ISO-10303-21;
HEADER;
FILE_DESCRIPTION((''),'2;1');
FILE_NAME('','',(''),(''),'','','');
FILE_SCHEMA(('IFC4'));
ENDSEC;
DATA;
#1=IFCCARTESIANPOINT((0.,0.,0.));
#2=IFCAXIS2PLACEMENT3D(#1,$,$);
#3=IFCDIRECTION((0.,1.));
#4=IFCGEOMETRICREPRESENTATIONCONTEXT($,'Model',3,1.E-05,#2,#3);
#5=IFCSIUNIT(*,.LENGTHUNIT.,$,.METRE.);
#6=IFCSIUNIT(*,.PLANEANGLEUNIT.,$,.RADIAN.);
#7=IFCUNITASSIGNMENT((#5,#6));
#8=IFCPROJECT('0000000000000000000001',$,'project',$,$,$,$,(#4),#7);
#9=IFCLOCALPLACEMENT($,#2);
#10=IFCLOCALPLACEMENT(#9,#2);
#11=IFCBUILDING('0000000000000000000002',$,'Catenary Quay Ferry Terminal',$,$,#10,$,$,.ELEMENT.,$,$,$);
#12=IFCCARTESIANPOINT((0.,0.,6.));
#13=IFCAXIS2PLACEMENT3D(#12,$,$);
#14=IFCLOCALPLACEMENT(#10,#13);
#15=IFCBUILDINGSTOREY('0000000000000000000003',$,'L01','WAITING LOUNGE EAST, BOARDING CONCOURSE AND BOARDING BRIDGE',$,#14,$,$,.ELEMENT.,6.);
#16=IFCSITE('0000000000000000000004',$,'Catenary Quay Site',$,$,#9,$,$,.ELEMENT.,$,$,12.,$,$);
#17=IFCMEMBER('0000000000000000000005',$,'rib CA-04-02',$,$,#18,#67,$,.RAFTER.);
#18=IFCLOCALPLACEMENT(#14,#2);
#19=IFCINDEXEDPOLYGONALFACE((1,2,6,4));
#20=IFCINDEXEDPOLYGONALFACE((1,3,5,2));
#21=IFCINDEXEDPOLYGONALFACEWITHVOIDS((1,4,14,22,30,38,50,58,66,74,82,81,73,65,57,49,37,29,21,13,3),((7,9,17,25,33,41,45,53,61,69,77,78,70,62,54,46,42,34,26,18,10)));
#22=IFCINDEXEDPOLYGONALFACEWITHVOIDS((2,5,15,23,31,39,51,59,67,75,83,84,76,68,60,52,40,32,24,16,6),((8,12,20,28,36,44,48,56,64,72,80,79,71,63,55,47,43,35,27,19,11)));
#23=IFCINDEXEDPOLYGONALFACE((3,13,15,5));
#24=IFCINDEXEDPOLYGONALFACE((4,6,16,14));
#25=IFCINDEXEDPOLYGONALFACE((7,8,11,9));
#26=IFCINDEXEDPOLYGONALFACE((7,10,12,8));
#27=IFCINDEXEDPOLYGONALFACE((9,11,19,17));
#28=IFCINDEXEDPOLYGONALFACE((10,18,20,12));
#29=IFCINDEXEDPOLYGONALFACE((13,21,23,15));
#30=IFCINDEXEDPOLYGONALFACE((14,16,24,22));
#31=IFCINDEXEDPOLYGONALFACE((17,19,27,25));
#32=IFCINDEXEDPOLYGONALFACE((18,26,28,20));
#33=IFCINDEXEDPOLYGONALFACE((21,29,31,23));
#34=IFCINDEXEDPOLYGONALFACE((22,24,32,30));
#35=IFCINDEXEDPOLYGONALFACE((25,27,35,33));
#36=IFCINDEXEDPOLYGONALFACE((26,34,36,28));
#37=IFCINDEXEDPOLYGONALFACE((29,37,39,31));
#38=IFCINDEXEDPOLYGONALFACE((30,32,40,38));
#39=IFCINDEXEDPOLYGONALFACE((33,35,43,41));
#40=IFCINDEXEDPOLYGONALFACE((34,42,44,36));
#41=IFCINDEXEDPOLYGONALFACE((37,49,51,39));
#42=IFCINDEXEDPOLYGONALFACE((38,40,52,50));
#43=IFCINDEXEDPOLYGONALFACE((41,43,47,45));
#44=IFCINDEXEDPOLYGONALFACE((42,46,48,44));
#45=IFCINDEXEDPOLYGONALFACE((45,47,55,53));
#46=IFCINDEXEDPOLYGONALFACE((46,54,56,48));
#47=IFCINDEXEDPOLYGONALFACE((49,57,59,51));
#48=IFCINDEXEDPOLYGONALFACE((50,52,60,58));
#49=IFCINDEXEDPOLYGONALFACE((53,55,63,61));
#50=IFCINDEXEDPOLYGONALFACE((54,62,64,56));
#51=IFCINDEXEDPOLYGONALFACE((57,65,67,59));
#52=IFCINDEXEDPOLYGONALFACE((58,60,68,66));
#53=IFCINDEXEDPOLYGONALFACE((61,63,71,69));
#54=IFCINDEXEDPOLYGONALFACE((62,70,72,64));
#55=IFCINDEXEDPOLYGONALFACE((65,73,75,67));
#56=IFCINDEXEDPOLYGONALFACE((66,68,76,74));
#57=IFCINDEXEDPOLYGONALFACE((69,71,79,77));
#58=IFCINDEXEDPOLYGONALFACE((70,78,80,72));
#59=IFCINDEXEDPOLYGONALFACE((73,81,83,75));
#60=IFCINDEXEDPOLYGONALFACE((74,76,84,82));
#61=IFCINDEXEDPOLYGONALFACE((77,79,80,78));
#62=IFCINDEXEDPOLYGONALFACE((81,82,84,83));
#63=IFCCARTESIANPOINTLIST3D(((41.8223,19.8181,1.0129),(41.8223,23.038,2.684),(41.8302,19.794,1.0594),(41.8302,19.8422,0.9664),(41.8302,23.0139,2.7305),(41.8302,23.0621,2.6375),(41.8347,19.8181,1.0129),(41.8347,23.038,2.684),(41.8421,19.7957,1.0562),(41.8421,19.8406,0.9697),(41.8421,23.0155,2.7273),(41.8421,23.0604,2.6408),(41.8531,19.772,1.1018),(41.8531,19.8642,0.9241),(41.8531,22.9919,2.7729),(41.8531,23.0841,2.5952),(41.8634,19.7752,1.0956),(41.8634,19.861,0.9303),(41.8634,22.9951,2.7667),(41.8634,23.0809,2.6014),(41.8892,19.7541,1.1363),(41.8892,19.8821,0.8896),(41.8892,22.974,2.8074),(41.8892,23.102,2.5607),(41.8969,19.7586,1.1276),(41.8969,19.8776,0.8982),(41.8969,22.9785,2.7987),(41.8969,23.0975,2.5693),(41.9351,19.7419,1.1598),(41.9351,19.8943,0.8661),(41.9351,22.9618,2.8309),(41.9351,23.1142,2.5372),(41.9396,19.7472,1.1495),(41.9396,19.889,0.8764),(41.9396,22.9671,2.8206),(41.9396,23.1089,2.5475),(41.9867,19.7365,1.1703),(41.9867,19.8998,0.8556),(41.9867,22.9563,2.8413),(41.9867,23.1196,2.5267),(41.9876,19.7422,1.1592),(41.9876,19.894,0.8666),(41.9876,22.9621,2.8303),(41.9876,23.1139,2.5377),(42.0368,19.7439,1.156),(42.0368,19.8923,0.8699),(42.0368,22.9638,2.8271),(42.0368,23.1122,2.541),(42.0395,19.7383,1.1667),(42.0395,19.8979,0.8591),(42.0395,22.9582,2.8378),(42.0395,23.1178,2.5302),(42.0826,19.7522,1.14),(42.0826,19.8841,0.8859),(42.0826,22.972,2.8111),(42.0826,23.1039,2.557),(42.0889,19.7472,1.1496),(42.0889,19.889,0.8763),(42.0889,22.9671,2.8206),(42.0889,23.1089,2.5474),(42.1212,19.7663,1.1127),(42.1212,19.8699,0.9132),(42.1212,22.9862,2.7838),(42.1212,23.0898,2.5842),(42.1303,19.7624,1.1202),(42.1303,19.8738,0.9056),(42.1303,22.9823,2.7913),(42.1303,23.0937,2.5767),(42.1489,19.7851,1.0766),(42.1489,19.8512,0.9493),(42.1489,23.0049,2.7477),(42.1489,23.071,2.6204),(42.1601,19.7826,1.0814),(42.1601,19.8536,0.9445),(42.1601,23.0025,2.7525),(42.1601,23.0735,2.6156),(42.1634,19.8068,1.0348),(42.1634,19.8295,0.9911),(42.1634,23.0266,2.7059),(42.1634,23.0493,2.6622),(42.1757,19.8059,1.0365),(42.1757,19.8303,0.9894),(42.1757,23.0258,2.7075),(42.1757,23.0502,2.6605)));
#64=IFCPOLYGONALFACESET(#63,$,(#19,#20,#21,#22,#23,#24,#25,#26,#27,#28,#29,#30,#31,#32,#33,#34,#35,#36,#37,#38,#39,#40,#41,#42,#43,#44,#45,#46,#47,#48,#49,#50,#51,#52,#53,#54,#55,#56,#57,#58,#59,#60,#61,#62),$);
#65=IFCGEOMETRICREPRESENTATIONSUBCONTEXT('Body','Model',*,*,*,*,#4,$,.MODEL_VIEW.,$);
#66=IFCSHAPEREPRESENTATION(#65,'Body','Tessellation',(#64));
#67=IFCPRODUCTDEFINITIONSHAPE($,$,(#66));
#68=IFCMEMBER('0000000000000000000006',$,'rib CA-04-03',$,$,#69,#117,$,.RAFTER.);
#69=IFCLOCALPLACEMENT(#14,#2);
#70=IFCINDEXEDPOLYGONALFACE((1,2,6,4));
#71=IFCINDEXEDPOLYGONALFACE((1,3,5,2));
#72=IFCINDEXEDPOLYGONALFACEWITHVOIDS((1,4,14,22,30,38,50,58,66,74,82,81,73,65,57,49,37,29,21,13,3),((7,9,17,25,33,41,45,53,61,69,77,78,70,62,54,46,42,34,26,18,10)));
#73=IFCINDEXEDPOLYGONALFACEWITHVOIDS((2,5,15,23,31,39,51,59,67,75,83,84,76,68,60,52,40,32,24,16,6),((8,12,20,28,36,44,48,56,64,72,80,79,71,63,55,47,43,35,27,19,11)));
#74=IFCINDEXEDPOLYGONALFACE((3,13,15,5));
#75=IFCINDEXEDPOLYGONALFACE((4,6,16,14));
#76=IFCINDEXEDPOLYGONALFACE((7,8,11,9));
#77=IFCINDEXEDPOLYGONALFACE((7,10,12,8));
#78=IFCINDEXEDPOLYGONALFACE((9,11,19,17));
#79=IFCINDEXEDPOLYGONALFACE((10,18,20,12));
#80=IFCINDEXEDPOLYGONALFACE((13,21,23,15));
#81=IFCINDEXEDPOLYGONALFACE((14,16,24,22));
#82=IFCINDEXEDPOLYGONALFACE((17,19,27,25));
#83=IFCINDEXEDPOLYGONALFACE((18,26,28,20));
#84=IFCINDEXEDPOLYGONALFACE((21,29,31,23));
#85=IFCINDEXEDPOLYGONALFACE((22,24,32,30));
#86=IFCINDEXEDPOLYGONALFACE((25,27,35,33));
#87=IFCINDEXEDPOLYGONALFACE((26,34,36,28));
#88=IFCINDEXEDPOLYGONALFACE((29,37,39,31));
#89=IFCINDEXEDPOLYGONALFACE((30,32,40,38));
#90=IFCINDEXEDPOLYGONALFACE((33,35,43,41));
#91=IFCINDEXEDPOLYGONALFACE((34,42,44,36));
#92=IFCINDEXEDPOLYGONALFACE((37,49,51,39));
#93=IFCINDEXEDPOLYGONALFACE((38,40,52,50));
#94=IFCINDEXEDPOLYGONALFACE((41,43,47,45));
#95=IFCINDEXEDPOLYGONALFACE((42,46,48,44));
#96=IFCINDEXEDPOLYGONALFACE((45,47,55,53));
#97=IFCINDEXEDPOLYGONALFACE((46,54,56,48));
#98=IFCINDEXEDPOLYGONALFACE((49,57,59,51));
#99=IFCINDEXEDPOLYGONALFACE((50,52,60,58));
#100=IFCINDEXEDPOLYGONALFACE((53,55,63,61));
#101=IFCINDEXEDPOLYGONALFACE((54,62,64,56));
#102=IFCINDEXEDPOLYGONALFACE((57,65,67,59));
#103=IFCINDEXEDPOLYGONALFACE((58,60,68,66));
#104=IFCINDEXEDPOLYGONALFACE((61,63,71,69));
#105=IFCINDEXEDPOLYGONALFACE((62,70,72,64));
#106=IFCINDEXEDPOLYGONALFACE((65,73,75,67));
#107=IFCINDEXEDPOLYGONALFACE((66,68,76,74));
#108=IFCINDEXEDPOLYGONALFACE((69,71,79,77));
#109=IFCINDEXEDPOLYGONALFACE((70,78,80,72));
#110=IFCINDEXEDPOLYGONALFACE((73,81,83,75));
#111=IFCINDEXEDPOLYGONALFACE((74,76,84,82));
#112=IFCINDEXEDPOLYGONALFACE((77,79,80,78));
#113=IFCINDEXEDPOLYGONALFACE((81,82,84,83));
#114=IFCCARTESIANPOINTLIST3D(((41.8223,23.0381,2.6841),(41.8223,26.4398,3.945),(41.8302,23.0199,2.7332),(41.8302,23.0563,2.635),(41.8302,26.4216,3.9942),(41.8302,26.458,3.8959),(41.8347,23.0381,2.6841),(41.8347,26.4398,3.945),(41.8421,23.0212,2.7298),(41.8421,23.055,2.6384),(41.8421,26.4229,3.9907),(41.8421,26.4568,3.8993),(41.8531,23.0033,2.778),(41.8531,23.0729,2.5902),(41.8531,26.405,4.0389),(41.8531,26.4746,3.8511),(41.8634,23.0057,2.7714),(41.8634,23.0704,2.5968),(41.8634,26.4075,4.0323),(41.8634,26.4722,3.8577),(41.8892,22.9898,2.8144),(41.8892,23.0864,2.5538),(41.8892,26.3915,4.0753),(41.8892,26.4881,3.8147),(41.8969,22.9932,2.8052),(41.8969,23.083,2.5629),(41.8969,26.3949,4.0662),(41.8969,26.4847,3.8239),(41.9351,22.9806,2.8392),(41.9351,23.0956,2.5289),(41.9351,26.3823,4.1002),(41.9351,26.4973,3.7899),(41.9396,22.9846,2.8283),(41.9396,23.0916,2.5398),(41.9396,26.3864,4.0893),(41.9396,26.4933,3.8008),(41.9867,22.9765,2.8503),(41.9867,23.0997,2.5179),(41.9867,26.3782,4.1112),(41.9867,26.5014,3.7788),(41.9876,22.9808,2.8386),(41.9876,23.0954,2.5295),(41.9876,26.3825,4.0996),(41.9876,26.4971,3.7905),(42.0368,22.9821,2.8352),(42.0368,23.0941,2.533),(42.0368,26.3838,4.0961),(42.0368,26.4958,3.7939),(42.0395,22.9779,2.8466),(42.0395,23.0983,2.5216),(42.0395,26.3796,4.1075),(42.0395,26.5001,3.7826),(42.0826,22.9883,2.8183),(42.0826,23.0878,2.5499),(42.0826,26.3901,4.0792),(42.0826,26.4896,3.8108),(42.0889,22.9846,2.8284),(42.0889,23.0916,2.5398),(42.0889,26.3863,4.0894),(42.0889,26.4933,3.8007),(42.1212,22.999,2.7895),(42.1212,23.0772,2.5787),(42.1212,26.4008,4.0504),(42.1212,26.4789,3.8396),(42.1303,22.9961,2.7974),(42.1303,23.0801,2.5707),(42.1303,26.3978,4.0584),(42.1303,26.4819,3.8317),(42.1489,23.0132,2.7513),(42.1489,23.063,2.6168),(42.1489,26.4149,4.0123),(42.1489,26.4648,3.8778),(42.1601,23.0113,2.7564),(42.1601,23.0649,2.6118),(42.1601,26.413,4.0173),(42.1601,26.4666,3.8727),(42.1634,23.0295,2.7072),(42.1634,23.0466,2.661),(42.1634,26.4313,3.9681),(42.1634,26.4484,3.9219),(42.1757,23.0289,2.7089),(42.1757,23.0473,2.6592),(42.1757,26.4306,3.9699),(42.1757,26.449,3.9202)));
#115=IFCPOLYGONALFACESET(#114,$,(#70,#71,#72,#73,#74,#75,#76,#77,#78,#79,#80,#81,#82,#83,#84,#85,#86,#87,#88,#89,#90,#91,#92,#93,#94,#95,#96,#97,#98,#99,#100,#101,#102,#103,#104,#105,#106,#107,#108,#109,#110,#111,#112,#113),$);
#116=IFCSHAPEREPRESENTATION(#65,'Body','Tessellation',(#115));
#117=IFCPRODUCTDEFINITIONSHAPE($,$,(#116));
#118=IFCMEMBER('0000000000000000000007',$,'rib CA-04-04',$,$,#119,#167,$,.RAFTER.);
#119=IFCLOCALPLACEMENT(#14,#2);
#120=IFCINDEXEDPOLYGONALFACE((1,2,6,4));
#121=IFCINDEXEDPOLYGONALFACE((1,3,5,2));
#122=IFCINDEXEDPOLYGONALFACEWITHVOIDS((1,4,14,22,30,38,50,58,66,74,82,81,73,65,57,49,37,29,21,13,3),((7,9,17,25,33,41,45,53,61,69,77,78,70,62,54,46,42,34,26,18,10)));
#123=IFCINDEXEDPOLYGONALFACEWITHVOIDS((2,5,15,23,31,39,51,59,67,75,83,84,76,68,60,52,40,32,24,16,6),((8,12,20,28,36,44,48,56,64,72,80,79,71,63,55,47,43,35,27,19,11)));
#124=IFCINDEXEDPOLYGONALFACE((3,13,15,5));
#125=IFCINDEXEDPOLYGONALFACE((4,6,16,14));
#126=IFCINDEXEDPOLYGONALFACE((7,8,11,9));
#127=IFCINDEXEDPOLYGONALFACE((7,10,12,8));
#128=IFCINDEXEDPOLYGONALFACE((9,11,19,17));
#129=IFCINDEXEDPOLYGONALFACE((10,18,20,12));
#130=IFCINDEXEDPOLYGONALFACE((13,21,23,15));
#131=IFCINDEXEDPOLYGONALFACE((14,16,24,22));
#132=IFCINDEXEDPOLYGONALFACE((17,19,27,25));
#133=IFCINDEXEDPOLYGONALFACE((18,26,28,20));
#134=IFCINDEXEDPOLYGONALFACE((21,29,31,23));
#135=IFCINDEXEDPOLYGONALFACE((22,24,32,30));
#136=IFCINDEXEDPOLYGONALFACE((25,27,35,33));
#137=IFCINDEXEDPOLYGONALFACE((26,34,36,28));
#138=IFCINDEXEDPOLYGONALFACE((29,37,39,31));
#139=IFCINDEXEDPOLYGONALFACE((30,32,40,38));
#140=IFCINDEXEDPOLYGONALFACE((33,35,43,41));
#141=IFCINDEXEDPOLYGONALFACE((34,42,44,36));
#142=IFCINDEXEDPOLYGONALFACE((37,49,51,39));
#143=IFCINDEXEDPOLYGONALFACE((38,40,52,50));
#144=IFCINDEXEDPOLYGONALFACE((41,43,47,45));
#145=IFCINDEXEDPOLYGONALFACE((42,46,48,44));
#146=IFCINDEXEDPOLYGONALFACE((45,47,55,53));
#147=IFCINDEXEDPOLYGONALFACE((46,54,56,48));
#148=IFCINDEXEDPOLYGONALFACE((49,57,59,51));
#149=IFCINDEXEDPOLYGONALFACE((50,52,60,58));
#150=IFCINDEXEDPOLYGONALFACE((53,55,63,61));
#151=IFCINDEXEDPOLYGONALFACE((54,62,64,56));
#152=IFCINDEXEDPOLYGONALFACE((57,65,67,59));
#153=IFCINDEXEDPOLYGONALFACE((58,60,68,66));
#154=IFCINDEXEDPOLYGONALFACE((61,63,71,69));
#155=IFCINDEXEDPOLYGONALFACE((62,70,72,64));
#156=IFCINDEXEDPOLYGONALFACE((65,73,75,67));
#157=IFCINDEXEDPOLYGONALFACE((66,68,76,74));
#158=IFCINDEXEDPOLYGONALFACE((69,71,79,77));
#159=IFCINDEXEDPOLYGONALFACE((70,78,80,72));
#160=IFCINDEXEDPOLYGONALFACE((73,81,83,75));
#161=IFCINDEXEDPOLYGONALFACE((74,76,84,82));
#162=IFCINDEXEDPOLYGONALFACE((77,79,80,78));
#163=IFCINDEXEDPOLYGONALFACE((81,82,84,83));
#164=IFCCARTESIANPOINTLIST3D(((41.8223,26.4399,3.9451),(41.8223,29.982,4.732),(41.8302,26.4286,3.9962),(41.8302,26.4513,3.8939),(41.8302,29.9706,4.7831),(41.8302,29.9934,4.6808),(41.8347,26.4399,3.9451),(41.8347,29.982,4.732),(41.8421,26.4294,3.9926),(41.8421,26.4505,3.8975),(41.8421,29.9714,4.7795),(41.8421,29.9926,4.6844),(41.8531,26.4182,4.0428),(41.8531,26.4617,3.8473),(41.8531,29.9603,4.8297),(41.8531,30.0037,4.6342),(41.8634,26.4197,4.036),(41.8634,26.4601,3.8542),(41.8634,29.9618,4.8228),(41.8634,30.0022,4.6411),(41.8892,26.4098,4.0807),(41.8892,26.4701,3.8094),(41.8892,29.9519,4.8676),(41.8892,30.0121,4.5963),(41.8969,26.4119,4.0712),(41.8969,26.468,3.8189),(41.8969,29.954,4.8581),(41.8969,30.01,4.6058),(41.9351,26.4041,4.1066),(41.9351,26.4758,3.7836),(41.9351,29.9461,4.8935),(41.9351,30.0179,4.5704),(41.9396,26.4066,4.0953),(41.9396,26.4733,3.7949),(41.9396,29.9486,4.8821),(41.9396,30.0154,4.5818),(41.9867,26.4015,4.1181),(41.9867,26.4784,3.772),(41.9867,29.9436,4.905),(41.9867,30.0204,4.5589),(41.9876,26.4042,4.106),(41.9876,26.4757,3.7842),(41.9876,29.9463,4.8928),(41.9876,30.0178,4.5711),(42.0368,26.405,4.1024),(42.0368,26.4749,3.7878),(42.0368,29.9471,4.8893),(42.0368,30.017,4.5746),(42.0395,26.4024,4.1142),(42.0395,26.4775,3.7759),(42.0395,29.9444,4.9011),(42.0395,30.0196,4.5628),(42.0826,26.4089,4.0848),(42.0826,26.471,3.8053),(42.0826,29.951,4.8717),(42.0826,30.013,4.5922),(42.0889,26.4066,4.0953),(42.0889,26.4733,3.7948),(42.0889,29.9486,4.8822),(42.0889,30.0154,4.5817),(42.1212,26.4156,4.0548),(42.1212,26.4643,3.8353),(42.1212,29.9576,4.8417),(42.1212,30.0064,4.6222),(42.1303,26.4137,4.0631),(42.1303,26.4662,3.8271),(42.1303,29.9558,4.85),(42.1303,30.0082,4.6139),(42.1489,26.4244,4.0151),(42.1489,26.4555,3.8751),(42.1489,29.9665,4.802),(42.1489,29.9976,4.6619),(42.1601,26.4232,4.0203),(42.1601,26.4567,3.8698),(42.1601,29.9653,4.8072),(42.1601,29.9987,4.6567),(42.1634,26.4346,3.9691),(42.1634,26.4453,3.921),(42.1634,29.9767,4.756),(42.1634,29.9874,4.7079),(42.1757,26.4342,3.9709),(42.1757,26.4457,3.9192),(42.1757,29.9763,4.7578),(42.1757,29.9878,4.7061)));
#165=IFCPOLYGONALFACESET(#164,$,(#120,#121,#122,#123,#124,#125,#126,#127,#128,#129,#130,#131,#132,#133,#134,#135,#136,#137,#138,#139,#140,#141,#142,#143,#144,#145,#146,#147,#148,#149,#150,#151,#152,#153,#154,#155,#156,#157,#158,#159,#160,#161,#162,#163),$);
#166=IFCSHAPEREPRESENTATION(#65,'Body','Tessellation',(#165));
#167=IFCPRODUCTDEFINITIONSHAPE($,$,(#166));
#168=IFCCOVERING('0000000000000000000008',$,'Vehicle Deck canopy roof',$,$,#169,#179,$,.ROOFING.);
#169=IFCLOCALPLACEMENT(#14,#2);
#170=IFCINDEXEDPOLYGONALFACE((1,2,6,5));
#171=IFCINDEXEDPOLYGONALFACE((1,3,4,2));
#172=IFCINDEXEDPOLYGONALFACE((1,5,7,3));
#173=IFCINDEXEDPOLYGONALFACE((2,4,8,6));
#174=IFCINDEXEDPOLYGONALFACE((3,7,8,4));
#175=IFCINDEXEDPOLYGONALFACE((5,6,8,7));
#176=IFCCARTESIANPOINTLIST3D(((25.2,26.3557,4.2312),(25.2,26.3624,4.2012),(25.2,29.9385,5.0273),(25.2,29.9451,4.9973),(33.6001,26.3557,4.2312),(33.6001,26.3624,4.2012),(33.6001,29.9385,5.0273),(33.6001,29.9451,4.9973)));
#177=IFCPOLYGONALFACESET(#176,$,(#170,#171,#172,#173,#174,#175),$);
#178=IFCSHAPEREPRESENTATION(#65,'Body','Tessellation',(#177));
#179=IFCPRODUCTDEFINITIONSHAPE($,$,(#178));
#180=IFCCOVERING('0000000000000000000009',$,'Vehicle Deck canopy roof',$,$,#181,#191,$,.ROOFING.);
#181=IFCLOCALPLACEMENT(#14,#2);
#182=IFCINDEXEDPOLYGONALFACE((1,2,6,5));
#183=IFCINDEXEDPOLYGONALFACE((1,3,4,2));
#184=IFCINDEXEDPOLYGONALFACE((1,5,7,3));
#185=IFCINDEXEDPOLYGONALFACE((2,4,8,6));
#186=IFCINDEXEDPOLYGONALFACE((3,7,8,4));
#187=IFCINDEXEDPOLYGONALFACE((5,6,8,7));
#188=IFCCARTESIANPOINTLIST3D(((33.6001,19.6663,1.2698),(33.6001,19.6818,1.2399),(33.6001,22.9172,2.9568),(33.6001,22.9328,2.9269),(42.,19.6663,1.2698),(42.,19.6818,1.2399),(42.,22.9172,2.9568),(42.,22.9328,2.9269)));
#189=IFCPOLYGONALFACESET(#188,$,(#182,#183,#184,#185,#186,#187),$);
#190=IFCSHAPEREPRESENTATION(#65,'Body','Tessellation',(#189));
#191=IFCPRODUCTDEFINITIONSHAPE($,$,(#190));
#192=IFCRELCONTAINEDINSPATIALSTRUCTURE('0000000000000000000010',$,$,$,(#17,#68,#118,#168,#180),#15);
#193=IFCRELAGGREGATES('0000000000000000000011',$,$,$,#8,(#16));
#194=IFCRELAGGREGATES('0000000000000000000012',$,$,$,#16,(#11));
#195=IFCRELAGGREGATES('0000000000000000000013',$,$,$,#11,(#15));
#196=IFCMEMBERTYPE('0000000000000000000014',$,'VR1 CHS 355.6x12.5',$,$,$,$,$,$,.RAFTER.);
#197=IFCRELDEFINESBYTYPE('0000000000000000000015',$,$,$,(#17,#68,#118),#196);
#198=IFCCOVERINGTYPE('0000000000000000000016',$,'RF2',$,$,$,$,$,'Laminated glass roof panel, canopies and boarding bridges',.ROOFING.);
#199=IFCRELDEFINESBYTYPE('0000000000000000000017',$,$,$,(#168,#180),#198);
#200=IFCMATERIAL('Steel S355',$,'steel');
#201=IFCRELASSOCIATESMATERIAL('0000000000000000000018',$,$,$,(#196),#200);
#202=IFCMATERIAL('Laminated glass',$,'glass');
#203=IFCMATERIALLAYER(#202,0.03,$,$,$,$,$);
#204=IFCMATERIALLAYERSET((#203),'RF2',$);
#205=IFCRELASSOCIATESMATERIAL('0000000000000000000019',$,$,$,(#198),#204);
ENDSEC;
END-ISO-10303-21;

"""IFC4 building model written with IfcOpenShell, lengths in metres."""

from ifc_helpers import new_model, si_unit, direction, frame, origin, origin_2d, place, context, subcontext, project, spatial, polyline, hollow_circle, outline, extrude, material, layer, layer_set, material_profile, profile_set, type_object, element, save


model = new_model("IFC4")

# Units and contexts
model_context = context("Model", 3, precision=1e-05, world=origin(), true_north=direction((0.0, 1.0)))
body_context = subcontext(model_context, "Body", "Model", "MODEL_VIEW")
ifc_project = project(units=[si_unit("LENGTHUNIT", "METRE"), si_unit("PLANEANGLEUNIT", "RADIAN")], contexts=[model_context])

# Site, building, storey
site_placement = place(None, origin())
site = spatial("IfcSite", under=ifc_project, at=site_placement, Name="Catenary Quay Site", CompositionType="ELEMENT", RefElevation=12.0)
building_placement = place(site_placement, origin())
building = spatial("IfcBuilding", under=site, at=building_placement, Name="Catenary Quay Ferry Terminal", CompositionType="ELEMENT")
storey_placement = place(building_placement, frame((0.0, 0.0, 6.0)))
storey = spatial("IfcBuildingStorey", under=building, at=storey_placement, Name="L01", Description="WAITING LOUNGE EAST, BOARDING CONCOURSE AND BOARDING BRIDGE", CompositionType="ELEMENT", Elevation=6.0)

# Members
ifc_material_1 = material(Name="Steel S355", Category="steel")
ifc_material_profile_1 = material_profile(ifc_material_1, hollow_circle(Radius=0.1777, WallThickness=0.0125, at=origin_2d()), Name="CHS 355.6x12.5")
ifc_profile_set_1 = profile_set([ifc_material_profile_1], Name="Steel S355")
member_type_1 = type_object("IfcMemberType", Name="VR1 CHS 355.6x12.5", PredefinedType="RAFTER", material=ifc_profile_set_1)
member_1_placement = place(storey_placement, frame((42.0, 19.8181, 1.0129), z_axis=(0.0, 0.887582, 0.460649), x_axis=(-1.0, 0.0, 0.0)))
element("IfcMember", 1, at=member_1_placement, inside=storey, type_object=member_type_1, Name="rib CA-04-02", PredefinedType="RAFTER", context=body_context, shape_type="SweptSolid", body=[
    extrude(hollow_circle(Radius=0.1777, WallThickness=0.0125, at=origin_2d()), origin(), (0.0, 0.0, 1.0), 3.6277),
])
member_2_placement = place(storey_placement, frame((42.0, 23.0381, 2.6841), z_axis=(0.0, 0.937655, 0.347566), x_axis=(-1.0, 0.0, 0.0)))
element("IfcMember", 2, at=member_2_placement, inside=storey, type_object=member_type_1, Name="rib CA-04-03", PredefinedType="RAFTER", context=body_context, shape_type="SweptSolid", body=[
    extrude(hollow_circle(Radius=0.1777, WallThickness=0.0125, at=origin_2d()), origin(), (0.0, 0.0, 1.0), 3.6279),
])
member_3_placement = place(storey_placement, frame((42.0, 26.4399, 3.9451), z_axis=(0.0, 0.976201, 0.216866), x_axis=(-1.0, 0.0, 0.0)))
element("IfcMember", 3, at=member_3_placement, inside=storey, type_object=member_type_1, Name="rib CA-04-04", PredefinedType="RAFTER", context=body_context, shape_type="SweptSolid", body=[
    extrude(hollow_circle(Radius=0.1777, WallThickness=0.0125, at=origin_2d()), origin(), (0.0, 0.0, 1.0), 3.6284),
])

# Coverings
ifc_material_2 = material(Name="Laminated glass", Category="glass")
ifc_layer = layer(ifc_material_2, 0.03)
ifc_layer_set = layer_set([ifc_layer], Name="RF2")
covering_type = type_object("IfcCoveringType", Name="RF2", ElementType="Laminated glass roof panel, canopies and boarding bridges", PredefinedType="ROOFING", material=ifc_layer_set)
covering_1_placement = place(storey_placement, frame((25.2, 26.3557, 4.2312), z_axis=(0.0, -0.216923, 0.976189), x_axis=(1.0, 0.0, 0.0)))
element("IfcCovering", 4, at=covering_1_placement, inside=storey, type_object=covering_type, Name="Vehicle Deck canopy roof", PredefinedType="ROOFING", context=body_context, shape_type="SweptSolid", body=[
    extrude(outline(polyline([(0.0, 0.0), (8.4001, 0.0), (8.4001, 3.6702), (0.0, 3.6702), (0.0, 0.0)])), origin(), (0.0, 0.0, -1.0), 0.0308),
])
covering_2_placement = place(storey_placement, frame((33.6001, 19.6663, 1.2698), z_axis=(0.0, -0.460601, 0.887607), x_axis=(1.0, 0.0, 0.0)))
element("IfcCovering", 5, at=covering_2_placement, inside=storey, type_object=covering_type, Name="Vehicle Deck canopy roof", PredefinedType="ROOFING", context=body_context, shape_type="SweptSolid", body=[
    extrude(outline(polyline([(0.0, 0.0), (8.3999, 0.0), (8.3999, 3.6626), (0.0, 3.6626), (0.0, 0.0)])), origin(), (0.0, 0.0, -1.0), 0.0337),
])

save(model, "model.ifc")
